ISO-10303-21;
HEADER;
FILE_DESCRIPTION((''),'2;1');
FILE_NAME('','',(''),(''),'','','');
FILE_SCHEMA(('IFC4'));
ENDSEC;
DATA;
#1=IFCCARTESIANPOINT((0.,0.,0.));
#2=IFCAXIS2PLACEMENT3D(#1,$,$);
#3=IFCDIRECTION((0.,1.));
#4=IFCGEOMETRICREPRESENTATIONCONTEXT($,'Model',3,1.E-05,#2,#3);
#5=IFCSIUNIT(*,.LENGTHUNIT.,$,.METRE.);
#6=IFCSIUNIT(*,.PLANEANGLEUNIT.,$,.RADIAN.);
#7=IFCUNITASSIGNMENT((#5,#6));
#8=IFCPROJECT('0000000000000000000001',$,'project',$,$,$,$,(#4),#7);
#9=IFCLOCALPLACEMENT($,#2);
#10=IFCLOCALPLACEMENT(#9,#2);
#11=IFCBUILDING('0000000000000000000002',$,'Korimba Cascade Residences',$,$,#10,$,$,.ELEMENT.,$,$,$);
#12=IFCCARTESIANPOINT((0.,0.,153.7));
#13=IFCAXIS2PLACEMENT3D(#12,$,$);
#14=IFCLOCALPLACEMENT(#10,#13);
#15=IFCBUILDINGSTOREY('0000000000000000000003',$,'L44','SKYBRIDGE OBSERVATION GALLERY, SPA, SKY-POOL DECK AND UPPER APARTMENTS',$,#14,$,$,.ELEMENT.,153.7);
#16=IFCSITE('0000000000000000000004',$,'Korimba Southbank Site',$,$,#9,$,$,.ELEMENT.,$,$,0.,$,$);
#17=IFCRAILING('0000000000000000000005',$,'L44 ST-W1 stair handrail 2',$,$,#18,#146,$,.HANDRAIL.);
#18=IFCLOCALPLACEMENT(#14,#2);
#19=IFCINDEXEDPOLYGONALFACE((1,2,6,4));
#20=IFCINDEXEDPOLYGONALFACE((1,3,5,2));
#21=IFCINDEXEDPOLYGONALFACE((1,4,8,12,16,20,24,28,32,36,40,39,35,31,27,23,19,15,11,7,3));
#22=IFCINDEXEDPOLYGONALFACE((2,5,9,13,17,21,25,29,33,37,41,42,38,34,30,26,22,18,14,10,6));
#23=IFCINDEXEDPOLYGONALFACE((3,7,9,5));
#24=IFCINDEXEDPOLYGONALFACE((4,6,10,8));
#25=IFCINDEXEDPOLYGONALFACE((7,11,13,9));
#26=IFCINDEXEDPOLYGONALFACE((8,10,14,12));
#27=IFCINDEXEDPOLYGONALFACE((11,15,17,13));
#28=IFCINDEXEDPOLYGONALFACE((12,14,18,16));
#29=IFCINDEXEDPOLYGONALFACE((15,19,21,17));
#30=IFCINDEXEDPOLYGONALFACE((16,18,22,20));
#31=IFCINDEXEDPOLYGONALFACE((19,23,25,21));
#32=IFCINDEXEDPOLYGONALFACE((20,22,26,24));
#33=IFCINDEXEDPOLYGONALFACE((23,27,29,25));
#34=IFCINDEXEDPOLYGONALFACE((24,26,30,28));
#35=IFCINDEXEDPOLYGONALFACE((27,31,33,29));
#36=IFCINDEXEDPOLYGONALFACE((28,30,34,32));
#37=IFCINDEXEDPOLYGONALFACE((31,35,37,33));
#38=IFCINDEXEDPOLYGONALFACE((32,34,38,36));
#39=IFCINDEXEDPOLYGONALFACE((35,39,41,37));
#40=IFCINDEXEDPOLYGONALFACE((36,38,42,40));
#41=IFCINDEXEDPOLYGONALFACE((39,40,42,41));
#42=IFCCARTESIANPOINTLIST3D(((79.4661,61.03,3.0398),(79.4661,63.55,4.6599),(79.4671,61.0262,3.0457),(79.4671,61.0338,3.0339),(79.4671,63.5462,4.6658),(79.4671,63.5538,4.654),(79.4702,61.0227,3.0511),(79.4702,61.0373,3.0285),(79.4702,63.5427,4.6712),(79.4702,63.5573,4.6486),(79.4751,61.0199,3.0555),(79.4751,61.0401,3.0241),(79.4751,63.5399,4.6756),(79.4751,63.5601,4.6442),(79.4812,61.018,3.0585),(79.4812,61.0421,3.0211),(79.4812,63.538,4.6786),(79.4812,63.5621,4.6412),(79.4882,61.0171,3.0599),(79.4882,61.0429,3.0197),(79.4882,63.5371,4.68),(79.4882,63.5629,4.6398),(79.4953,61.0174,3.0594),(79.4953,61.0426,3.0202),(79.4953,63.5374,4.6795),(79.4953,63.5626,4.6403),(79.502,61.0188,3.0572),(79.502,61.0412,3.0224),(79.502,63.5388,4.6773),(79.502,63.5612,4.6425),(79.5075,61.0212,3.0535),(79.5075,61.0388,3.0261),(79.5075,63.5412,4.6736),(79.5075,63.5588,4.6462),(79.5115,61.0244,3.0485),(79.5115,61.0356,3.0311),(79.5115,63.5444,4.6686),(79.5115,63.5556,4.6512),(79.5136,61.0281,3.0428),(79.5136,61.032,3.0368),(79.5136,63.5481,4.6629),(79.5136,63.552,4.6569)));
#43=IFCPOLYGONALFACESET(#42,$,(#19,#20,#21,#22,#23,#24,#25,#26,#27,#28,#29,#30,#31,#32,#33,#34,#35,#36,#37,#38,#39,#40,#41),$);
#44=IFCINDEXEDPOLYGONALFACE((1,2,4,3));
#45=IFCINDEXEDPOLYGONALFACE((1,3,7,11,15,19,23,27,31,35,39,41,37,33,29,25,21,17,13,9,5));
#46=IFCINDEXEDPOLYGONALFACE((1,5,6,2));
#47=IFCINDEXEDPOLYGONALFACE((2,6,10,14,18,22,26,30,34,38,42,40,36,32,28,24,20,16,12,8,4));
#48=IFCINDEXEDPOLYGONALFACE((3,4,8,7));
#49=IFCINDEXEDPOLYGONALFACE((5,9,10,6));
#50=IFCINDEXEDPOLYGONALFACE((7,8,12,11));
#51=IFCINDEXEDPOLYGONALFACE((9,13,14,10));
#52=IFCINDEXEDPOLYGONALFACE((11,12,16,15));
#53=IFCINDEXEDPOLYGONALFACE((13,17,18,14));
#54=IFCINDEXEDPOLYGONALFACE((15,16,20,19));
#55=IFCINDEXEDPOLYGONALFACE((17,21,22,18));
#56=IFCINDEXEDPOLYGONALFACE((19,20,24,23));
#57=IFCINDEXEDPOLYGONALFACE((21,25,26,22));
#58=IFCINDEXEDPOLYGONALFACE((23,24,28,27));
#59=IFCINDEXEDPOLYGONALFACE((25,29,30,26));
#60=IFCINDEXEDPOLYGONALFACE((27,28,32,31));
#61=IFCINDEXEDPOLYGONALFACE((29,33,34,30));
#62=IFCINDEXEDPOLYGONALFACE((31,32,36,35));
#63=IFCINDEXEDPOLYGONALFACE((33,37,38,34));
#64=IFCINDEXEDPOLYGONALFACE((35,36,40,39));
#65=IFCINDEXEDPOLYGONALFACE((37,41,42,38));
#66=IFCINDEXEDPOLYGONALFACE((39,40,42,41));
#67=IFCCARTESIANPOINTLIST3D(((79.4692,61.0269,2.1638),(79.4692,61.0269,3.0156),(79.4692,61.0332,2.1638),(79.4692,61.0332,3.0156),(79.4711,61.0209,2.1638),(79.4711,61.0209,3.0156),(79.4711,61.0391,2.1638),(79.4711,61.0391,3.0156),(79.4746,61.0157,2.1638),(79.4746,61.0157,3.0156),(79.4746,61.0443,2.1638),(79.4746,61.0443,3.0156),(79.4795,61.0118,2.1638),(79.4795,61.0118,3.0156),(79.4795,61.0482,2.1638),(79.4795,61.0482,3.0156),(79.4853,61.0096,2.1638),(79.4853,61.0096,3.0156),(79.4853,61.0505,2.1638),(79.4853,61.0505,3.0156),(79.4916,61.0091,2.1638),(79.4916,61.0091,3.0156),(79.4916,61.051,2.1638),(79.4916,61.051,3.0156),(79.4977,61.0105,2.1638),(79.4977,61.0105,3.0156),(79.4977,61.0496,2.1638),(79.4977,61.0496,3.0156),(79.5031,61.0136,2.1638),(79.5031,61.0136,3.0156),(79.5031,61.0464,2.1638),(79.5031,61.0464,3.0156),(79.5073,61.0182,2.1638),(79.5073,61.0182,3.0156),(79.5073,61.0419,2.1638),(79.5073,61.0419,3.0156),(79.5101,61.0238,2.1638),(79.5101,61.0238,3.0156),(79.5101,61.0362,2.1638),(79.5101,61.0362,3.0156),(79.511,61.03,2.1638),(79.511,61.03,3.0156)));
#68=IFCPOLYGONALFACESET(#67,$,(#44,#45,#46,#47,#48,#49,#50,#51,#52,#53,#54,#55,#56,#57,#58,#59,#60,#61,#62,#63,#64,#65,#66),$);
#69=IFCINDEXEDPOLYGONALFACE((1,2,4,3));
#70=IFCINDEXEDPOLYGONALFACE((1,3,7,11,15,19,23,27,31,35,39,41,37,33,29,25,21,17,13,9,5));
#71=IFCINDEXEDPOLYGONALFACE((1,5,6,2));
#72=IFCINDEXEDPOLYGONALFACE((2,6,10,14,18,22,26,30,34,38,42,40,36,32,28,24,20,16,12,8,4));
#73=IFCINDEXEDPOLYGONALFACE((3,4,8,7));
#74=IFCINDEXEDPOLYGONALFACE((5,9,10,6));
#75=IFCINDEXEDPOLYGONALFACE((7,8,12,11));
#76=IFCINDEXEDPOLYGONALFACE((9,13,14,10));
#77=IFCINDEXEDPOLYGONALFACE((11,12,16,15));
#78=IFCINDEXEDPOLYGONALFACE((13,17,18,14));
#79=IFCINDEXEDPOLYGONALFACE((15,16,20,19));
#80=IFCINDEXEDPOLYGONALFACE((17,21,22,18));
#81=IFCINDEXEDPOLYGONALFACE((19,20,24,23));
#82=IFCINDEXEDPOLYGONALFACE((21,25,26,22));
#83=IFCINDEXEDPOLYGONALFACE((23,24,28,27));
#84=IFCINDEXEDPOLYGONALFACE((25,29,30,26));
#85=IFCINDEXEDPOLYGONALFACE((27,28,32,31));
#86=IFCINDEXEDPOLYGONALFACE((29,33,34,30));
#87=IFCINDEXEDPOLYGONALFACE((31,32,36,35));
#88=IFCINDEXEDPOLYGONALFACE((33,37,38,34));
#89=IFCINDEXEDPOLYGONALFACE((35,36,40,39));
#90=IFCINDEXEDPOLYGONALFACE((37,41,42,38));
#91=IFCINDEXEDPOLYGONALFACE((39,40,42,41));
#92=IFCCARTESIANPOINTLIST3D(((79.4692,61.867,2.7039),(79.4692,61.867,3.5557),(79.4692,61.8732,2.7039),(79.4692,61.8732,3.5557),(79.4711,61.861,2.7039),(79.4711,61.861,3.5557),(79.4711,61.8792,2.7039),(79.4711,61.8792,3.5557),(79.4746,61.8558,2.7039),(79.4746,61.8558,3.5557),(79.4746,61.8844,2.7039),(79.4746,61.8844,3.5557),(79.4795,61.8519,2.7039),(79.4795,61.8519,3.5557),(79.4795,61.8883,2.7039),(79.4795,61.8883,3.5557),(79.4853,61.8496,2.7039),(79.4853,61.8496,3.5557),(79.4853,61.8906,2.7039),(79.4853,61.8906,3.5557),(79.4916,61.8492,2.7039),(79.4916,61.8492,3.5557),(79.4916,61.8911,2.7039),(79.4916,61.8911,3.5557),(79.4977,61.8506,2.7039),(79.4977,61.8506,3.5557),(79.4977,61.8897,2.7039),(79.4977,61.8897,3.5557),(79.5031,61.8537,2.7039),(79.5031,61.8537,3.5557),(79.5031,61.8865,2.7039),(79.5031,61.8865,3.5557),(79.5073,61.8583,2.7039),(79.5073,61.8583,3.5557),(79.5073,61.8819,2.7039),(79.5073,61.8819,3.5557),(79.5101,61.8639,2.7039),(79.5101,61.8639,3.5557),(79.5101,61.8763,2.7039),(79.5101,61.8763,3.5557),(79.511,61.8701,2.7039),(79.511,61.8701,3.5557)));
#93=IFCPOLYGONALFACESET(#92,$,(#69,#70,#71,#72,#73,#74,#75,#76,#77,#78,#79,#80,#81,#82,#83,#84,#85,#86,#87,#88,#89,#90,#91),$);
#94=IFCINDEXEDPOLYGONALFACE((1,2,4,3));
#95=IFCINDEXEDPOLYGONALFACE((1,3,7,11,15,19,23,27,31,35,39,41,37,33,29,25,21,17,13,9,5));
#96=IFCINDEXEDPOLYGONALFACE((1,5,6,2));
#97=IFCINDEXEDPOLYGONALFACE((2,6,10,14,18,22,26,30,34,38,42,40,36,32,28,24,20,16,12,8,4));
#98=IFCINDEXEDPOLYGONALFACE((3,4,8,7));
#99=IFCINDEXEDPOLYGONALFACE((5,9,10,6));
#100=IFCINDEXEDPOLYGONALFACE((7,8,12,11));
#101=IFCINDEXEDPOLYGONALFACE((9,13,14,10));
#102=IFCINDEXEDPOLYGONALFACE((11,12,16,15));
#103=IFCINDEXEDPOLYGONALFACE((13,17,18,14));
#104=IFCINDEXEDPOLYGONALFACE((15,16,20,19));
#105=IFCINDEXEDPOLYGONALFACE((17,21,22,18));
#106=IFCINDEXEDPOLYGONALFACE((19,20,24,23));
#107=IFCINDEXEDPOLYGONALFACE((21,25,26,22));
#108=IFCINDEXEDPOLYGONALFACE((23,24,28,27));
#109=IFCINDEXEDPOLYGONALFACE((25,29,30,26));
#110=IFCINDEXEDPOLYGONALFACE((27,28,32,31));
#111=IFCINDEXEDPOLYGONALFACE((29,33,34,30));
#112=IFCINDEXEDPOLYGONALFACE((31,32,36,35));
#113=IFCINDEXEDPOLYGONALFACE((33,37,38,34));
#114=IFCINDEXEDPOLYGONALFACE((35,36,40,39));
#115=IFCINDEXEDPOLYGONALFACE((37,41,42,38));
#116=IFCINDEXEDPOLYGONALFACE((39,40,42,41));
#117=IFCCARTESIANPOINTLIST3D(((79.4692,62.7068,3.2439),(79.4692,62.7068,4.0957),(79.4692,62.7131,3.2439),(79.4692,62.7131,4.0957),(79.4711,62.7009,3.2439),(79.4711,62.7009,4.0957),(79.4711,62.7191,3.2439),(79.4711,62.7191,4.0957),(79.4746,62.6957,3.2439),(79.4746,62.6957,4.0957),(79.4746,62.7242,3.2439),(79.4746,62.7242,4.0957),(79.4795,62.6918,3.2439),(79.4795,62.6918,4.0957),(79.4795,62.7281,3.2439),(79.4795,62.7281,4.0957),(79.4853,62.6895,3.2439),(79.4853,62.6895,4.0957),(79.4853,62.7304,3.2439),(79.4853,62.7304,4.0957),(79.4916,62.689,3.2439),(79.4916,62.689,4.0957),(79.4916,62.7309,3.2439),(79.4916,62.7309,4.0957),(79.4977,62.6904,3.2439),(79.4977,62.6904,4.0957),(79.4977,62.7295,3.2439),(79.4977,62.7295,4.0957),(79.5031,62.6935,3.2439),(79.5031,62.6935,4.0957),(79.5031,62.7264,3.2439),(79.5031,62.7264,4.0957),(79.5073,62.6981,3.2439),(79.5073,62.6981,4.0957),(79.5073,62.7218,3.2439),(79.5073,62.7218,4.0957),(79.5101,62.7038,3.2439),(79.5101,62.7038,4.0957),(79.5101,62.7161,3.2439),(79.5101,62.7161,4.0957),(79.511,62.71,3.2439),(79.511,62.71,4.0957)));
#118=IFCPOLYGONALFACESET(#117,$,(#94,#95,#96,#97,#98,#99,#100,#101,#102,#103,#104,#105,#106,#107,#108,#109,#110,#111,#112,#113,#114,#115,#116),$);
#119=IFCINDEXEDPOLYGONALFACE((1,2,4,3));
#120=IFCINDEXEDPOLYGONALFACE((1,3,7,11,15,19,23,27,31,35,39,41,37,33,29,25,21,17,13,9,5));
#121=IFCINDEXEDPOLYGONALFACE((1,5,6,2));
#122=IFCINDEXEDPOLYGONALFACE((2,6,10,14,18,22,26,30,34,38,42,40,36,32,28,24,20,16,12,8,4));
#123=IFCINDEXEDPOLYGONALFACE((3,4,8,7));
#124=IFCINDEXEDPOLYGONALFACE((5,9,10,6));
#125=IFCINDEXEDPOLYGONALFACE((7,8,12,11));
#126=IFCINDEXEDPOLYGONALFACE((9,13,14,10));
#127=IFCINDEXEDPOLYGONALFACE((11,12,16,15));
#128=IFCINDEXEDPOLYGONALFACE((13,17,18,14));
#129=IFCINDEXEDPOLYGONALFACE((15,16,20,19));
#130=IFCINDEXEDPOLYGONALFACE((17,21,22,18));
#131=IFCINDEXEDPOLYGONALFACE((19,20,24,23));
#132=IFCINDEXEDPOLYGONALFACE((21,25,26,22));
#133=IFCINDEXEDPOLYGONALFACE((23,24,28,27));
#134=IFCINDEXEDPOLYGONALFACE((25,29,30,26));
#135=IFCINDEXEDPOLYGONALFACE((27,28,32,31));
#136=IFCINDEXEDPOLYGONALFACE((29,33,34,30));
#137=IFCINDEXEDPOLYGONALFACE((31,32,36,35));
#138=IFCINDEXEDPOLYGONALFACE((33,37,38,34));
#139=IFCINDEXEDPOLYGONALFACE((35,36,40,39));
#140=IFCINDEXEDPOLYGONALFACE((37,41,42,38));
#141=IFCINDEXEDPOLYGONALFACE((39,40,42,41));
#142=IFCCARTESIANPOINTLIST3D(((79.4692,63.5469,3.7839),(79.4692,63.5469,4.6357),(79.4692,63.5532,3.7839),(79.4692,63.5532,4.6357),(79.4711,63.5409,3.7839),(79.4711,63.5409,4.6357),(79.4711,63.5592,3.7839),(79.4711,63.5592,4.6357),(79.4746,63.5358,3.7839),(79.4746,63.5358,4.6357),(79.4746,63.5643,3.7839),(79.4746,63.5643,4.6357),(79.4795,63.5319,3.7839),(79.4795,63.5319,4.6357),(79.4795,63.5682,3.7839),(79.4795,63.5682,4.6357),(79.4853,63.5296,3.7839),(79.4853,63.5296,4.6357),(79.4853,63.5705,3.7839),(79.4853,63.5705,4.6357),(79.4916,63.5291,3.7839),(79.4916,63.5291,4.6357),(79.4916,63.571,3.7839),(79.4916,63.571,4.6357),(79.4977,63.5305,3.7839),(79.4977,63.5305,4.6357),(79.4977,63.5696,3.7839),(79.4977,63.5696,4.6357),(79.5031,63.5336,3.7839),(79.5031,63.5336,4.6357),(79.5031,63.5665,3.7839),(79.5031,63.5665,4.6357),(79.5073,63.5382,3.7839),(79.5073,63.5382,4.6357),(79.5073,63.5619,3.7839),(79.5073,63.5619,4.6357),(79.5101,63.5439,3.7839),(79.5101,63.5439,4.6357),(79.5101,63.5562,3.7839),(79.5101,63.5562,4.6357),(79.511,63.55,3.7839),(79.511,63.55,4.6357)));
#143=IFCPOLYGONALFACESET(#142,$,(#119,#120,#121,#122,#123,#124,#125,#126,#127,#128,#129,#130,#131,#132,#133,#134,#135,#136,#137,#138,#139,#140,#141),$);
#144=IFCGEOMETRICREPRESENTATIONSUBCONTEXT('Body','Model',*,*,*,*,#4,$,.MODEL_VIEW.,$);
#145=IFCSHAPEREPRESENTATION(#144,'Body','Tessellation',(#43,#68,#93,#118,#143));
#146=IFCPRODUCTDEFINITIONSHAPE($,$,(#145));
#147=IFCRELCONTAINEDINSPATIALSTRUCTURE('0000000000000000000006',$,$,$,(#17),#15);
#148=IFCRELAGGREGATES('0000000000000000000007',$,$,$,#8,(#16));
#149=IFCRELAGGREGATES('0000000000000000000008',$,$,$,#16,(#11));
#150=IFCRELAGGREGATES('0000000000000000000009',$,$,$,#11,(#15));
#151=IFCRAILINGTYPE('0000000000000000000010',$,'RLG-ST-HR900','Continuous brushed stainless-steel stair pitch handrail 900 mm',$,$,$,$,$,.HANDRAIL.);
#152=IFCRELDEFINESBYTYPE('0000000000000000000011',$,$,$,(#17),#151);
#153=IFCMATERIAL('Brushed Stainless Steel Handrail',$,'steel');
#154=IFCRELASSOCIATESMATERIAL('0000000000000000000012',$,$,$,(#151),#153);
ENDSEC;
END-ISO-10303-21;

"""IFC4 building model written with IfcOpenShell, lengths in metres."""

from ifc_helpers import new_model, si_unit, direction, frame, origin, origin_2d, place, context, subcontext, project, spatial, circle, extrude, material, type_object, element, save


model = new_model("IFC4")

# Units and contexts
model_context = context("Model", 3, precision=1e-05, world=origin(), true_north=direction((0.0, 1.0)))
body_context = subcontext(model_context, "Body", "Model", "MODEL_VIEW")
ifc_project = project(units=[si_unit("LENGTHUNIT", "METRE"), si_unit("PLANEANGLEUNIT", "RADIAN")], contexts=[model_context])

# Site, building, storey
site_placement = place(None, origin())
site = spatial("IfcSite", under=ifc_project, at=site_placement, Name="Korimba Southbank Site", CompositionType="ELEMENT", RefElevation=0.0)
building_placement = place(site_placement, origin())
building = spatial("IfcBuilding", under=site, at=building_placement, Name="Korimba Cascade Residences", CompositionType="ELEMENT")
storey_placement = place(building_placement, frame((0.0, 0.0, 153.7)))
storey = spatial("IfcBuildingStorey", under=building, at=storey_placement, Name="L44", Description="SKYBRIDGE OBSERVATION GALLERY, SPA, SKY-POOL DECK AND UPPER APARTMENTS", CompositionType="ELEMENT", Elevation=153.7)

# Railing
ifc_material_1 = material(Name="Brushed Stainless Steel Handrail", Category="steel")
railing_type_1 = type_object("IfcRailingType", Name="RLG-ST-HR900", Description="Continuous brushed stainless-steel stair pitch handrail 900 mm", PredefinedType="HANDRAIL", material=ifc_material_1)
railing_1_placement = place(storey_placement, frame((79.49, 61.03, 2.1638)))
element("IfcRailing", 1, at=railing_1_placement, inside=storey, type_object=railing_type_1, Name="L44 ST-W1 stair handrail 2", PredefinedType="HANDRAIL", context=body_context, shape_type="SweptSolid", body=[
    extrude(circle(Radius=0.0239, at=origin_2d()), frame((0.0, 0.0, 0.876), z_axis=(0.0, 0.841163, 0.540782), x_axis=(-1.0, 0.0, 0.0)), (0.0, 0.0, 1.0), 2.9958),
    extrude(circle(Radius=0.021, at=origin_2d()), origin(), (0.0, 0.0, 1.0), 0.8518),
    extrude(circle(Radius=0.021, at=origin_2d()), frame((0.0, 0.8401, 0.54)), (0.0, 0.0, 1.0), 0.8518),
    extrude(circle(Radius=0.021, at=origin_2d()), frame((0.0, 1.6799, 1.0801)), (0.0, 0.0, 1.0), 0.8518),
    extrude(circle(Radius=0.021, at=origin_2d()), frame((0.0, 2.52, 1.6201)), (0.0, 0.0, 1.0), 0.8518),
])

save(model, "model.ifc")
